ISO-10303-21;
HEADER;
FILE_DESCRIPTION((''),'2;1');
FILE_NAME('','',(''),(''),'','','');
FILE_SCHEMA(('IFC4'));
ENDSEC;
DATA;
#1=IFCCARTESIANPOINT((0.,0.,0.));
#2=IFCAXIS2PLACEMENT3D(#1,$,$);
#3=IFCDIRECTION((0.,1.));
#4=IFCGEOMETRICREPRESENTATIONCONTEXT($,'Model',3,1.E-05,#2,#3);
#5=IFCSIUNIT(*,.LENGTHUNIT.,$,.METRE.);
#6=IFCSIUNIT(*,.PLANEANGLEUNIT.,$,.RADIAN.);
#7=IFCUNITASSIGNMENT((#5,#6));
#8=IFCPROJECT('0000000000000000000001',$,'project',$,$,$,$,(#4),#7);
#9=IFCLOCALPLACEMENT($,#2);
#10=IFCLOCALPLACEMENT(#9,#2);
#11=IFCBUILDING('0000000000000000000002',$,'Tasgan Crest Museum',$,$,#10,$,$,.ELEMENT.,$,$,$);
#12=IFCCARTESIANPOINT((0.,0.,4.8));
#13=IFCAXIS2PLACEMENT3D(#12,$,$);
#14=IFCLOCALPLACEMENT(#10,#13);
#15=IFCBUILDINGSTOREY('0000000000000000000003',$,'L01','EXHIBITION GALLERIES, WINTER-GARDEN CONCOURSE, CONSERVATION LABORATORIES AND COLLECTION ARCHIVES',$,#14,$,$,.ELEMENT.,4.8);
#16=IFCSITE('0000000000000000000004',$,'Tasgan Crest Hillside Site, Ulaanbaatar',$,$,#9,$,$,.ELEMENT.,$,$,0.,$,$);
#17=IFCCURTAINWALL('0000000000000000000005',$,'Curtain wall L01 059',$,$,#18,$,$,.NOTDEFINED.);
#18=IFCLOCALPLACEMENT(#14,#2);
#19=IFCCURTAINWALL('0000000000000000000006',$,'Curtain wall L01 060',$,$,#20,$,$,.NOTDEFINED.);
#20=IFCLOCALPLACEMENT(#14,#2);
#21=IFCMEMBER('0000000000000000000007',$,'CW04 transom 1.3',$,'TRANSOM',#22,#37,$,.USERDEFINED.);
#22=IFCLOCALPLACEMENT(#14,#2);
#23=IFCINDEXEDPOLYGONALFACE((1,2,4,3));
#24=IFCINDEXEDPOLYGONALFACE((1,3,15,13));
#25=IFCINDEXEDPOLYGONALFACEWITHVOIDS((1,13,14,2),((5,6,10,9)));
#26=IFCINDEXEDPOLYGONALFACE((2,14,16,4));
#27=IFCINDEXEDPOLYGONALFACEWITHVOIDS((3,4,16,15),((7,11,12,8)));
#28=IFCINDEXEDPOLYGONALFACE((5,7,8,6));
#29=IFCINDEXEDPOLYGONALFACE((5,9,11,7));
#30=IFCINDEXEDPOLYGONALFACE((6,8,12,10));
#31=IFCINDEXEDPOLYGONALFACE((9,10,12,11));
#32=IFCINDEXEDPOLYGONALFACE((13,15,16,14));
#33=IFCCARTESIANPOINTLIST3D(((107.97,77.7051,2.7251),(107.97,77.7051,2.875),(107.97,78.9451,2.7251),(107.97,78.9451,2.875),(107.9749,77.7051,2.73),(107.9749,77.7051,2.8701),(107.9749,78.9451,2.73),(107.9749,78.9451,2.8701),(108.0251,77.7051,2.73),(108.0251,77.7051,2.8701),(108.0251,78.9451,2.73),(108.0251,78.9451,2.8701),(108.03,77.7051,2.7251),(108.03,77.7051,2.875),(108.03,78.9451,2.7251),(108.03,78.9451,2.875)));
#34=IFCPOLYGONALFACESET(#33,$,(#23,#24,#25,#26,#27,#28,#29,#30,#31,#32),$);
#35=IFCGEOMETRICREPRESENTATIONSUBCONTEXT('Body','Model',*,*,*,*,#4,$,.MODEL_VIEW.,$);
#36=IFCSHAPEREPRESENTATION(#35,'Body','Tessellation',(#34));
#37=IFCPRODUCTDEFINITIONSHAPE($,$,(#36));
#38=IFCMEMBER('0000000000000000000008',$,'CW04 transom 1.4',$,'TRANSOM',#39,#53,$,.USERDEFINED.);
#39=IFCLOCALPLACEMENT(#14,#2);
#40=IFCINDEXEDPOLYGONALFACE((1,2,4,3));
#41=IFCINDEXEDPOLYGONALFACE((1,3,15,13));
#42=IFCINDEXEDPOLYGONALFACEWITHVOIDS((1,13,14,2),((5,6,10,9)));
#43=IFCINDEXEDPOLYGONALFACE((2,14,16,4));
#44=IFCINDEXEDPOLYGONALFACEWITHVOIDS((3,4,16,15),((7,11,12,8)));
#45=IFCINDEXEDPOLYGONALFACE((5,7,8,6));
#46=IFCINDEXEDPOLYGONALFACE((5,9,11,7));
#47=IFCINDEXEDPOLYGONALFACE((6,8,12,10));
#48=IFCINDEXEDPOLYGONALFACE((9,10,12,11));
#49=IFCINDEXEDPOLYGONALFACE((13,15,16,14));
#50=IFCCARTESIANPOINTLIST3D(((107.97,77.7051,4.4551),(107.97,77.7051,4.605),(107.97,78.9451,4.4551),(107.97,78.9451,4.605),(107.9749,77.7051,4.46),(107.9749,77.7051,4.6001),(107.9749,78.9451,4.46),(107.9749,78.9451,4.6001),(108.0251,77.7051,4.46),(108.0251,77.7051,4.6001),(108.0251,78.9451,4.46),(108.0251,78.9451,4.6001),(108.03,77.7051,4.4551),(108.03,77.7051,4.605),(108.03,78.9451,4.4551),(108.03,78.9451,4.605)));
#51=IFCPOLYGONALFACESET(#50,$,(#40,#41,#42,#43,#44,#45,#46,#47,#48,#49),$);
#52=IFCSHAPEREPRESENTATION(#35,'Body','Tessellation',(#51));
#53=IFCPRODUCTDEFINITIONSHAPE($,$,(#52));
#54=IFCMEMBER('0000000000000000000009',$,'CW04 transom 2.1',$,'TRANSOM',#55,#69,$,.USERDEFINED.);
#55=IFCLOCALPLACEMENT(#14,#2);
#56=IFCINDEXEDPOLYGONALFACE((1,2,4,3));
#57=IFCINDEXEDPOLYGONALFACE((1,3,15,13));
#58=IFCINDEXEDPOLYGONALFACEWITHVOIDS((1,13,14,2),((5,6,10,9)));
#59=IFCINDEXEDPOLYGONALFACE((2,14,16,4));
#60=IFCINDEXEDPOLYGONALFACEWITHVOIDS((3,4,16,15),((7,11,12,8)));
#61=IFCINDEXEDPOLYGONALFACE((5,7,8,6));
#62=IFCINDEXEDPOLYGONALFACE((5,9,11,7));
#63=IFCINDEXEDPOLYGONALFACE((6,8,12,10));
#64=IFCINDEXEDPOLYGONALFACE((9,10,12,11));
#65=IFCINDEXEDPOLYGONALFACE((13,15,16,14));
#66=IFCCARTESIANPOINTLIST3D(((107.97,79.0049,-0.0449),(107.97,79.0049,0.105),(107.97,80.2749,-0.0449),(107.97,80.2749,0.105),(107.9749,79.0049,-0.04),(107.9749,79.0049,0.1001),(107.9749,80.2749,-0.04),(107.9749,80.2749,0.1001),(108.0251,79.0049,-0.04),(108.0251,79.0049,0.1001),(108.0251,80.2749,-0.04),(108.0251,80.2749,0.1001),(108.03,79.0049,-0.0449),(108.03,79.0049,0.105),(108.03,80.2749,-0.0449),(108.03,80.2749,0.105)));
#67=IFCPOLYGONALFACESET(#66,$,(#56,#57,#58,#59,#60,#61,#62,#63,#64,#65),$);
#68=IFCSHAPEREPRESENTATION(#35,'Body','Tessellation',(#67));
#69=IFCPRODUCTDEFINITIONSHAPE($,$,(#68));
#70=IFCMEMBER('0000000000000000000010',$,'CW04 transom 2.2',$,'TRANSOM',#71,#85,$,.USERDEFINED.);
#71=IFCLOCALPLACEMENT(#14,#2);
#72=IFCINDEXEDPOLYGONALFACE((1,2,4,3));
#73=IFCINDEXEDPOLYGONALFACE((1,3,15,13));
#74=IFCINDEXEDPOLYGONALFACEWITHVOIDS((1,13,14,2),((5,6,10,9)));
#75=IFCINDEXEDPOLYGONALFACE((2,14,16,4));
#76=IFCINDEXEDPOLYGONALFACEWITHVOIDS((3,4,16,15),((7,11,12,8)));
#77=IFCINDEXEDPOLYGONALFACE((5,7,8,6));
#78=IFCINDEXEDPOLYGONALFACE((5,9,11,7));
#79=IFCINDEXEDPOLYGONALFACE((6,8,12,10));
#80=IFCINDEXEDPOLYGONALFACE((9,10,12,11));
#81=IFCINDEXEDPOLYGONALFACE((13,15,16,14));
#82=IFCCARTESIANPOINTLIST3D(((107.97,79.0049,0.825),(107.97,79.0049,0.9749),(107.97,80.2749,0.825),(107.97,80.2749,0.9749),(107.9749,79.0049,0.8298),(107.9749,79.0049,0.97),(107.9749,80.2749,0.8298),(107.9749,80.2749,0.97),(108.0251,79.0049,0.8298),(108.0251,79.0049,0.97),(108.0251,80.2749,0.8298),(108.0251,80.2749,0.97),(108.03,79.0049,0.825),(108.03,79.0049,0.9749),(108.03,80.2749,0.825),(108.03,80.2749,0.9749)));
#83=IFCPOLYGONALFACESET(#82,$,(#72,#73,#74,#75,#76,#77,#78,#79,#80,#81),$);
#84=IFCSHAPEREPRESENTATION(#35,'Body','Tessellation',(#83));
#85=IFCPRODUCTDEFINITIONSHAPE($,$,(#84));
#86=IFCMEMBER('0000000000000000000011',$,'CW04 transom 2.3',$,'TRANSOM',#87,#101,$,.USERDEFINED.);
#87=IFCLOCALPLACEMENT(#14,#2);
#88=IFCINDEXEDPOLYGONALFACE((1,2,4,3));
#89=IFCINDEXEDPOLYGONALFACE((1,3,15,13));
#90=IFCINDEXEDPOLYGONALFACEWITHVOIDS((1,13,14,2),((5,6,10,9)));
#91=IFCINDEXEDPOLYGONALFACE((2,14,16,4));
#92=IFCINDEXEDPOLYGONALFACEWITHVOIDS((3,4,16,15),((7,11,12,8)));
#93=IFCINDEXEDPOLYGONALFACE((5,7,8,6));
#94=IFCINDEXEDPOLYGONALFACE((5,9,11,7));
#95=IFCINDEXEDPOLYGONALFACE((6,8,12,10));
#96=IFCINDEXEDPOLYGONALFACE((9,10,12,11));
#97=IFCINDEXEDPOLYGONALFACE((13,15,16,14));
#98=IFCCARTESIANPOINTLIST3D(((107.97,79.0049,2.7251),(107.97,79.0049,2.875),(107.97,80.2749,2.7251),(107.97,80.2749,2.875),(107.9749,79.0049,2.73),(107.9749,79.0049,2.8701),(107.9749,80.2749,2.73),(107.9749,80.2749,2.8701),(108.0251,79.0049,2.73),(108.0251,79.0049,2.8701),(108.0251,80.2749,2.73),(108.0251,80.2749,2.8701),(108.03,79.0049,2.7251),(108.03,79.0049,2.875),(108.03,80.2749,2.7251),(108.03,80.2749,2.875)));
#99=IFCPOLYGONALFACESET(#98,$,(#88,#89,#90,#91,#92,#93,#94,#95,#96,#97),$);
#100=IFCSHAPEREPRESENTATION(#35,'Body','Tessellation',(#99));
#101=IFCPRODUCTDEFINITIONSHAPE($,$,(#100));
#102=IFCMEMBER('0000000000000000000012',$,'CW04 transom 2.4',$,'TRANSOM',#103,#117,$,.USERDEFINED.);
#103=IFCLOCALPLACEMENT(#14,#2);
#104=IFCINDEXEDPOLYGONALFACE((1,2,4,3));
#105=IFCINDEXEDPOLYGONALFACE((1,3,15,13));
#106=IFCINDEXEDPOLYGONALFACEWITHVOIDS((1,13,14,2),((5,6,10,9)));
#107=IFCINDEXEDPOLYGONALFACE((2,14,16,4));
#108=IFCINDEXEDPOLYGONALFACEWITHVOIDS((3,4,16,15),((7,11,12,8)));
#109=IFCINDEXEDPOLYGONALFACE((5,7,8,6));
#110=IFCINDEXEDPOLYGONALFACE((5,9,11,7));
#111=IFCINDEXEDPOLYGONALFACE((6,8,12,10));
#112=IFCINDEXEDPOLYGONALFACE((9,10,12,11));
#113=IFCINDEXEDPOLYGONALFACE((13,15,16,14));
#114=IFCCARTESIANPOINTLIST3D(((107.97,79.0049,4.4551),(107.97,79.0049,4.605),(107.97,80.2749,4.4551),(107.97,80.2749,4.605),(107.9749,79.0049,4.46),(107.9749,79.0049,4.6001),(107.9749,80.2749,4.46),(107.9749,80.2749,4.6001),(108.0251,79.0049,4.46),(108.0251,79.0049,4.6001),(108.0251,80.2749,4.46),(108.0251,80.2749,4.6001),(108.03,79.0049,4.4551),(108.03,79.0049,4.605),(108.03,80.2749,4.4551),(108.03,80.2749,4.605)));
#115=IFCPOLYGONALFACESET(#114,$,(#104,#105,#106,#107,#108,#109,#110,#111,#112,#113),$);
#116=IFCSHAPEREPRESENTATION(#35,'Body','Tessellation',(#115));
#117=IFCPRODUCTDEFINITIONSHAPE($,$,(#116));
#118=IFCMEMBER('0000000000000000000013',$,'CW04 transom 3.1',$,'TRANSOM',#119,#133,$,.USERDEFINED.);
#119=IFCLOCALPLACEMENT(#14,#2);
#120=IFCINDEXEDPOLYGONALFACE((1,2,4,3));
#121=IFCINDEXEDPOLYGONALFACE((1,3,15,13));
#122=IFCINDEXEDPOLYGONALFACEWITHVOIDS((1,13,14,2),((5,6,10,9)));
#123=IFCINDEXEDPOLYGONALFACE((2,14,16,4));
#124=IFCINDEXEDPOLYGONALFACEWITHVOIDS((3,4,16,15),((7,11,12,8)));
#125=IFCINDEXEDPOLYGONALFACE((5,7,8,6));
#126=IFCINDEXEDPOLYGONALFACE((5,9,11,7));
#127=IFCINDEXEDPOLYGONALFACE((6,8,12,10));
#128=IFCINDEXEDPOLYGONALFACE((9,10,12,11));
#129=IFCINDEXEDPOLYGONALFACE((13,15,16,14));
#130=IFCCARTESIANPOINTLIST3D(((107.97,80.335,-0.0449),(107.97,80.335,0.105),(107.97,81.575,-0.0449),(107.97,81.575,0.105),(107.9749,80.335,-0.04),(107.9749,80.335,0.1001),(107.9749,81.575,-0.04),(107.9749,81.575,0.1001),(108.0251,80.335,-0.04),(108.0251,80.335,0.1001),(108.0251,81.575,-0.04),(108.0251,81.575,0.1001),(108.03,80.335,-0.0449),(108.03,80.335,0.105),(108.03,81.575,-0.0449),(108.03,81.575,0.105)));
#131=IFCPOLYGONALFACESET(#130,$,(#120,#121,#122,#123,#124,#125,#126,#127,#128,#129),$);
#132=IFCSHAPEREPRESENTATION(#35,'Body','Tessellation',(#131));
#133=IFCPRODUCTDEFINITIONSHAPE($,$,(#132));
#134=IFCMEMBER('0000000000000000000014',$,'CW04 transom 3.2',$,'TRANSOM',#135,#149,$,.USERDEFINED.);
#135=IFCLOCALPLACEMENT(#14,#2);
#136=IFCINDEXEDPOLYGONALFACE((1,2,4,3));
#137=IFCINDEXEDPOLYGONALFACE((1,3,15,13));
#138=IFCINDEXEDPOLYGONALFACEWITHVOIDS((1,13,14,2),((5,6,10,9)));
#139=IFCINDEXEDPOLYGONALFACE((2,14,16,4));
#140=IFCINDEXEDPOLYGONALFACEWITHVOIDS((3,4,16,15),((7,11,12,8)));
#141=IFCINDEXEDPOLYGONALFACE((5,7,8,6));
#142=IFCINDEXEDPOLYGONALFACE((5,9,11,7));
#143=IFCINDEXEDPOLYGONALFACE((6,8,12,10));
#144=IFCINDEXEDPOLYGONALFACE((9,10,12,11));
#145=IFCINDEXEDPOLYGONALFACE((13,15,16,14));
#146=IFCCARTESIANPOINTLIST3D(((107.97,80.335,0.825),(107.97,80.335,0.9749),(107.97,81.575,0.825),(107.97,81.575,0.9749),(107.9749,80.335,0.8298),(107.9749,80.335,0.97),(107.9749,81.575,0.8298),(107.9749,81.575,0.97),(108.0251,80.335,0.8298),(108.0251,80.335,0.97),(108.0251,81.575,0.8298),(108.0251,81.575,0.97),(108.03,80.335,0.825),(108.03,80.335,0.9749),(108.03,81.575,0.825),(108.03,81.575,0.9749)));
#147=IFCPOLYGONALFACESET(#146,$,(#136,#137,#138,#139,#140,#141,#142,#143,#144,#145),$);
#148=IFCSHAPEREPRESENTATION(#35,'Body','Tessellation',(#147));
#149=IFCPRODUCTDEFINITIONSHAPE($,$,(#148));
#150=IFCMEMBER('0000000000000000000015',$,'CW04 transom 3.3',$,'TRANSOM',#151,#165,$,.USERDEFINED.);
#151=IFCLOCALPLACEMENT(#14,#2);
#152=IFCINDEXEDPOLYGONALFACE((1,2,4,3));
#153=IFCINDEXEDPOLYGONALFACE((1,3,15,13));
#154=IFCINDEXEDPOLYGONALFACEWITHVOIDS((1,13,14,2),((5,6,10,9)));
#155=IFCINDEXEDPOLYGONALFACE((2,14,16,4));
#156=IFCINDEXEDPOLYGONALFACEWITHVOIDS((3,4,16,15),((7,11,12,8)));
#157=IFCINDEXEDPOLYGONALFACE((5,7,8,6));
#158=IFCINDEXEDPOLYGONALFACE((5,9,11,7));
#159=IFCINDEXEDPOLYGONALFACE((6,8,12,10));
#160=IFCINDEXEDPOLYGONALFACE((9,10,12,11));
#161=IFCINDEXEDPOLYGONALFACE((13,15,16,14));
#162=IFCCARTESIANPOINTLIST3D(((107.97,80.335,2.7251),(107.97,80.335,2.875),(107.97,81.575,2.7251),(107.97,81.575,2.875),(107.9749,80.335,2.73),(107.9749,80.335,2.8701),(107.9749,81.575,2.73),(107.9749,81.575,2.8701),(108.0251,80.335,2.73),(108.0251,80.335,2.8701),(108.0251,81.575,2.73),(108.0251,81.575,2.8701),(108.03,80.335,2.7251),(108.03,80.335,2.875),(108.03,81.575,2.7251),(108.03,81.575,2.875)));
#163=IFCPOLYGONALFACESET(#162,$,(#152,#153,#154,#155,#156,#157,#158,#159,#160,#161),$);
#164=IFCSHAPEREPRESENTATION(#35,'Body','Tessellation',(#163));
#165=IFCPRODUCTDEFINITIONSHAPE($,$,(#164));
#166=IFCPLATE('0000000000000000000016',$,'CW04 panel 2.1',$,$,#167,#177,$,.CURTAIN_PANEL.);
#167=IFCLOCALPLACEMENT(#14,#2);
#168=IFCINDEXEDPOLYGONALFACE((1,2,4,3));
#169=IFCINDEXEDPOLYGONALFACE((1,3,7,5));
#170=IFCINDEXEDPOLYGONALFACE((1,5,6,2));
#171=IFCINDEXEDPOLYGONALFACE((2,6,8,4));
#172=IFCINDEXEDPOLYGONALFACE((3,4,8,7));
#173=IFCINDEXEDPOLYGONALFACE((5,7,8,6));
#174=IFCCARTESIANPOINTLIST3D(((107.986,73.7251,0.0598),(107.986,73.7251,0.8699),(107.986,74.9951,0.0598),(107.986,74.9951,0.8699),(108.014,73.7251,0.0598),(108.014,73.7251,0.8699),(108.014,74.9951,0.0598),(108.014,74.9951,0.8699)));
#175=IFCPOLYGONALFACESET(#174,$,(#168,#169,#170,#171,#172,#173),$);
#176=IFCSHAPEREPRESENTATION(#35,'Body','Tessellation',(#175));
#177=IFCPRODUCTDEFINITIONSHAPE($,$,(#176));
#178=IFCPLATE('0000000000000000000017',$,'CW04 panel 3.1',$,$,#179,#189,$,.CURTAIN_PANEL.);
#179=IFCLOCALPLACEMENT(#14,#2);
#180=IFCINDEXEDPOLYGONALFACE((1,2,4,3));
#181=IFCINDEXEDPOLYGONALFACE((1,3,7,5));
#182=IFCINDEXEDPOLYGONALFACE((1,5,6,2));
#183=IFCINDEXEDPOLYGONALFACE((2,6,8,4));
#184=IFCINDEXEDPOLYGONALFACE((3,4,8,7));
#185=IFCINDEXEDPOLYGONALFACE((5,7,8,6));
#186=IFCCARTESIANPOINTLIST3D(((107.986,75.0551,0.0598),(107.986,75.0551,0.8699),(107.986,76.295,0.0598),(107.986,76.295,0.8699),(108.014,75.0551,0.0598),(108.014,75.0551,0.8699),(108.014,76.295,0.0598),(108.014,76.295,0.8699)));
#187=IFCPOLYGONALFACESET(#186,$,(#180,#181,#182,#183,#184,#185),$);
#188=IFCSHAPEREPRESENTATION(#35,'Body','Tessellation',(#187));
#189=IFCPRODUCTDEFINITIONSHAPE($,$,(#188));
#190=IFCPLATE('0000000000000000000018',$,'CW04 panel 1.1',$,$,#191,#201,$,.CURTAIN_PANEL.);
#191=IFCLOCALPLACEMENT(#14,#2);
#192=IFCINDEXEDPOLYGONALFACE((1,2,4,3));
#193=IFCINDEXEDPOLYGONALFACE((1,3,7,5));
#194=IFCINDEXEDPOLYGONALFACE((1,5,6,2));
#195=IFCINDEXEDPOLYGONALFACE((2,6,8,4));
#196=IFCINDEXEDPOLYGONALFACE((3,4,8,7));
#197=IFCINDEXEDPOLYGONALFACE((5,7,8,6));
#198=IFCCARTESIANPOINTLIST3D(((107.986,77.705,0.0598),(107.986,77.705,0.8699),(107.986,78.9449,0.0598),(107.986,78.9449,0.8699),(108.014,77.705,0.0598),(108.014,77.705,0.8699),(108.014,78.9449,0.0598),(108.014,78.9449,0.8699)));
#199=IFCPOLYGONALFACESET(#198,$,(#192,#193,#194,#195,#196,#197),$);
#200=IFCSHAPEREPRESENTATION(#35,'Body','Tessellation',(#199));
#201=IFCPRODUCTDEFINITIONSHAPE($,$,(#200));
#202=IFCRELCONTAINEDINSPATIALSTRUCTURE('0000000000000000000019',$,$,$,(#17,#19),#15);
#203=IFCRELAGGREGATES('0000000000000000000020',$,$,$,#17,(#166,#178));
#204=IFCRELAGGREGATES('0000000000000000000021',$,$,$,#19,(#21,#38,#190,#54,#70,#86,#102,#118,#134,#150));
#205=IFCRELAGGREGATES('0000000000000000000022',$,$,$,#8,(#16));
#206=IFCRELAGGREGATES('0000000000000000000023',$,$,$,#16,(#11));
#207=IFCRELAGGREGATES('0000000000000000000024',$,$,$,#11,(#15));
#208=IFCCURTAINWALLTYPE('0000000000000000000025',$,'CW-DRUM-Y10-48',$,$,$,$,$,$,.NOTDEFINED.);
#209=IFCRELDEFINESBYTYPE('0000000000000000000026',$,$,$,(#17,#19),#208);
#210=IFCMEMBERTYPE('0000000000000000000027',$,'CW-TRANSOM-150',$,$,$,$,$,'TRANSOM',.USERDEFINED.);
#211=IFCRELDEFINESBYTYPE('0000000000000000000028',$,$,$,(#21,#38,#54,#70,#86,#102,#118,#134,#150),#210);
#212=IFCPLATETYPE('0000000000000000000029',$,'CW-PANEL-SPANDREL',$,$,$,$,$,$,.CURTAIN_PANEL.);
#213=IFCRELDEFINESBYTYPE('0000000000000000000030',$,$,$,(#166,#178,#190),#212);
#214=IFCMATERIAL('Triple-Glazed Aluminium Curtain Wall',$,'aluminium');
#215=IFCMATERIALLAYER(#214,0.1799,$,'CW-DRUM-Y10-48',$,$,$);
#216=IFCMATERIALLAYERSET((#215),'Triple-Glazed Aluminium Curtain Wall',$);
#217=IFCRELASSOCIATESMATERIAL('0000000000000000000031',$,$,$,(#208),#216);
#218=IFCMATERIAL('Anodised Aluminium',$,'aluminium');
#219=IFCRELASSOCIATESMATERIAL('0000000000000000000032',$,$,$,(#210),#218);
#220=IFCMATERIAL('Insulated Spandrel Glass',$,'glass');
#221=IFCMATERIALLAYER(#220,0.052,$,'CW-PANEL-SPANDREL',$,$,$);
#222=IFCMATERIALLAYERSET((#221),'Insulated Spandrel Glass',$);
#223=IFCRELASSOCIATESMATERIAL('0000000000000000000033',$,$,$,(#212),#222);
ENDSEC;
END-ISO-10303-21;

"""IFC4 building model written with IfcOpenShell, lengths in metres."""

from ifc_helpers import new_model, si_unit, direction, frame, origin, origin_2d, place, context, subcontext, project, spatial, rectangle, hollow_rectangle, extrude, material, layer, layer_set, material_profile, profile_set, type_object, element, aggregate, save


model = new_model("IFC4")

# Units and contexts
model_context = context("Model", 3, precision=1e-05, world=origin(), true_north=direction((0.0, 1.0)))
body_context = subcontext(model_context, "Body", "Model", "MODEL_VIEW")
ifc_project = project(units=[si_unit("LENGTHUNIT", "METRE"), si_unit("PLANEANGLEUNIT", "RADIAN")], contexts=[model_context])

# Site, building, storey
site_placement = place(None, origin())
site = spatial("IfcSite", under=ifc_project, at=site_placement, Name="Tasgan Crest Hillside Site, Ulaanbaatar", CompositionType="ELEMENT", RefElevation=0.0)
building_placement = place(site_placement, origin())
building = spatial("IfcBuilding", under=site, at=building_placement, Name="Tasgan Crest Museum", CompositionType="ELEMENT")
storey_placement = place(building_placement, frame((0.0, 0.0, 4.8)))
storey = spatial("IfcBuildingStorey", under=building, at=storey_placement, Name="L01", Description="EXHIBITION GALLERIES, WINTER-GARDEN CONCOURSE, CONSERVATION LABORATORIES AND COLLECTION ARCHIVES", CompositionType="ELEMENT", Elevation=4.8)

# Curtain walls
ifc_material_1 = material(Name="Triple-Glazed Aluminium Curtain Wall", Category="aluminium")
ifc_layer_1 = layer(ifc_material_1, 0.1799, Name="CW-DRUM-Y10-48")
ifc_layer_set_1 = layer_set([ifc_layer_1], Name="Triple-Glazed Aluminium Curtain Wall")
curtain_wall_type = type_object("IfcCurtainWallType", Name="CW-DRUM-Y10-48", PredefinedType="NOTDEFINED", material=ifc_layer_set_1)
curtain_wall_1_placement = place(storey_placement, origin())
curtain_wall_1 = element("IfcCurtainWall", 1, at=curtain_wall_1_placement, inside=storey, type_object=curtain_wall_type, Name="Curtain wall L01 059", PredefinedType="NOTDEFINED")
curtain_wall_2_placement = place(storey_placement, origin())
curtain_wall_2 = element("IfcCurtainWall", 2, at=curtain_wall_2_placement, inside=storey, type_object=curtain_wall_type, Name="Curtain wall L01 060", PredefinedType="NOTDEFINED")

# Members
ifc_material_2 = material(Name="Anodised Aluminium", Category="aluminium")
ifc_material_profile_1 = material_profile(ifc_material_2, hollow_rectangle(XDim=0.0601, YDim=0.1499, WallThickness=0.0049, at=origin_2d()), Name="ALU TRANSOM 150x60x5")
ifc_profile_set_1 = profile_set([ifc_material_profile_1], Name="Anodised Aluminium")
member_type_1 = type_object("IfcMemberType", Name="CW-TRANSOM-150", ElementType="TRANSOM", PredefinedType="USERDEFINED", material=ifc_profile_set_1)
member_1_placement = place(storey_placement, frame((108.0, 77.7051, 2.8), z_axis=(0.0, 1.0, 0.0), x_axis=(-1.0, 0.0, 0.0)))
member_1 = element("IfcMember", 3, at=member_1_placement, type_object=member_type_1, Name="CW04 transom 1.3", ObjectType="TRANSOM", PredefinedType="USERDEFINED", context=body_context, shape_type="SweptSolid", body=[
    extrude(hollow_rectangle(XDim=0.0601, YDim=0.1499, WallThickness=0.0049, at=origin_2d()), origin(), (0.0, 0.0, 1.0), 1.24),
])
member_2_placement = place(storey_placement, frame((108.0, 77.7051, 4.53), z_axis=(0.0, 1.0, 0.0), x_axis=(-1.0, 0.0, 0.0)))
member_2 = element("IfcMember", 4, at=member_2_placement, type_object=member_type_1, Name="CW04 transom 1.4", ObjectType="TRANSOM", PredefinedType="USERDEFINED", context=body_context, shape_type="SweptSolid", body=[
    extrude(hollow_rectangle(XDim=0.0601, YDim=0.1499, WallThickness=0.0049, at=origin_2d()), origin(), (0.0, 0.0, 1.0), 1.24),
])
member_3_placement = place(storey_placement, frame((108.0, 79.0049, 0.03), z_axis=(0.0, 1.0, 0.0), x_axis=(-1.0, 0.0, 0.0)))
member_3 = element("IfcMember", 5, at=member_3_placement, type_object=member_type_1, Name="CW04 transom 2.1", ObjectType="TRANSOM", PredefinedType="USERDEFINED", context=body_context, shape_type="SweptSolid", body=[
    extrude(hollow_rectangle(XDim=0.0601, YDim=0.1499, WallThickness=0.0049, at=origin_2d()), origin(), (0.0, 0.0, 1.0), 1.27),
])
member_4_placement = place(storey_placement, frame((108.0, 79.0049, 0.8999), z_axis=(0.0, 1.0, 0.0), x_axis=(-1.0, 0.0, 0.0)))
member_4 = element("IfcMember", 6, at=member_4_placement, type_object=member_type_1, Name="CW04 transom 2.2", ObjectType="TRANSOM", PredefinedType="USERDEFINED", context=body_context, shape_type="SweptSolid", body=[
    extrude(hollow_rectangle(XDim=0.0601, YDim=0.1499, WallThickness=0.0049, at=origin_2d()), origin(), (0.0, 0.0, 1.0), 1.27),
])
member_5_placement = place(storey_placement, frame((108.0, 79.0049, 2.8), z_axis=(0.0, 1.0, 0.0), x_axis=(-1.0, 0.0, 0.0)))
member_5 = element("IfcMember", 7, at=member_5_placement, type_object=member_type_1, Name="CW04 transom 2.3", ObjectType="TRANSOM", PredefinedType="USERDEFINED", context=body_context, shape_type="SweptSolid", body=[
    extrude(hollow_rectangle(XDim=0.0601, YDim=0.1499, WallThickness=0.0049, at=origin_2d()), origin(), (0.0, 0.0, 1.0), 1.27),
])
member_6_placement = place(storey_placement, frame((108.0, 79.0049, 4.53), z_axis=(0.0, 1.0, 0.0), x_axis=(-1.0, 0.0, 0.0)))
member_6 = element("IfcMember", 8, at=member_6_placement, type_object=member_type_1, Name="CW04 transom 2.4", ObjectType="TRANSOM", PredefinedType="USERDEFINED", context=body_context, shape_type="SweptSolid", body=[
    extrude(hollow_rectangle(XDim=0.0601, YDim=0.1499, WallThickness=0.0049, at=origin_2d()), origin(), (0.0, 0.0, 1.0), 1.27),
])
member_7_placement = place(storey_placement, frame((108.0, 80.335, 0.03), z_axis=(0.0, 1.0, 0.0), x_axis=(-1.0, 0.0, 0.0)))
member_7 = element("IfcMember", 9, at=member_7_placement, type_object=member_type_1, Name="CW04 transom 3.1", ObjectType="TRANSOM", PredefinedType="USERDEFINED", context=body_context, shape_type="SweptSolid", body=[
    extrude(hollow_rectangle(XDim=0.0601, YDim=0.1499, WallThickness=0.0049, at=origin_2d()), origin(), (0.0, 0.0, 1.0), 1.24),
])
member_8_placement = place(storey_placement, frame((108.0, 80.335, 0.8999), z_axis=(0.0, 1.0, 0.0), x_axis=(-1.0, 0.0, 0.0)))
member_8 = element("IfcMember", 10, at=member_8_placement, type_object=member_type_1, Name="CW04 transom 3.2", ObjectType="TRANSOM", PredefinedType="USERDEFINED", context=body_context, shape_type="SweptSolid", body=[
    extrude(hollow_rectangle(XDim=0.0601, YDim=0.1499, WallThickness=0.0049, at=origin_2d()), origin(), (0.0, 0.0, 1.0), 1.24),
])
member_9_placement = place(storey_placement, frame((108.0, 80.335, 2.8), z_axis=(0.0, 1.0, 0.0), x_axis=(-1.0, 0.0, 0.0)))
member_9 = element("IfcMember", 11, at=member_9_placement, type_object=member_type_1, Name="CW04 transom 3.3", ObjectType="TRANSOM", PredefinedType="USERDEFINED", context=body_context, shape_type="SweptSolid", body=[
    extrude(hollow_rectangle(XDim=0.0601, YDim=0.1499, WallThickness=0.0049, at=origin_2d()), origin(), (0.0, 0.0, 1.0), 1.24),
])

# Plates
ifc_material_3 = material(Name="Insulated Spandrel Glass", Category="glass")
ifc_layer_2 = layer(ifc_material_3, 0.052, Name="CW-PANEL-SPANDREL")
ifc_layer_set_2 = layer_set([ifc_layer_2], Name="Insulated Spandrel Glass")
plate_type_1 = type_object("IfcPlateType", Name="CW-PANEL-SPANDREL", PredefinedType="CURTAIN_PANEL", material=ifc_layer_set_2)
plate_1_placement = place(storey_placement, frame((108.0, 74.3601, 0.0598), z_axis=(0.0, 0.0, 1.0), x_axis=(0.0, 1.0, 0.0)))
plate_1 = element("IfcPlate", 12, at=plate_1_placement, type_object=plate_type_1, Name="CW04 panel 2.1", PredefinedType="CURTAIN_PANEL", context=body_context, shape_type="SweptSolid", body=[
    extrude(rectangle(XDim=1.27, YDim=0.0281, at=origin_2d()), origin(), (0.0, 0.0, 1.0), 0.8101),
])
plate_2_placement = place(storey_placement, frame((108.0, 75.675, 0.0598), z_axis=(0.0, 0.0, 1.0), x_axis=(0.0, 1.0, 0.0)))
plate_2 = element("IfcPlate", 13, at=plate_2_placement, type_object=plate_type_1, Name="CW04 panel 3.1", PredefinedType="CURTAIN_PANEL", context=body_context, shape_type="SweptSolid", body=[
    extrude(rectangle(XDim=1.24, YDim=0.0281, at=origin_2d()), origin(), (0.0, 0.0, 1.0), 0.8101),
])
plate_3_placement = place(storey_placement, frame((108.0, 78.325, 0.0598), z_axis=(0.0, 0.0, 1.0), x_axis=(0.0, 1.0, 0.0)))
plate_3 = element("IfcPlate", 14, at=plate_3_placement, type_object=plate_type_1, Name="CW04 panel 1.1", PredefinedType="CURTAIN_PANEL", context=body_context, shape_type="SweptSolid", body=[
    extrude(rectangle(XDim=1.24, YDim=0.0281, at=origin_2d()), origin(), (0.0, 0.0, 1.0), 0.8101),
])
aggregate(curtain_wall_1, [plate_1, plate_2])
aggregate(curtain_wall_2, [member_1, member_2, plate_3, member_3, member_4, member_5, member_6, member_7, member_8, member_9])

save(model, "model.ifc")
